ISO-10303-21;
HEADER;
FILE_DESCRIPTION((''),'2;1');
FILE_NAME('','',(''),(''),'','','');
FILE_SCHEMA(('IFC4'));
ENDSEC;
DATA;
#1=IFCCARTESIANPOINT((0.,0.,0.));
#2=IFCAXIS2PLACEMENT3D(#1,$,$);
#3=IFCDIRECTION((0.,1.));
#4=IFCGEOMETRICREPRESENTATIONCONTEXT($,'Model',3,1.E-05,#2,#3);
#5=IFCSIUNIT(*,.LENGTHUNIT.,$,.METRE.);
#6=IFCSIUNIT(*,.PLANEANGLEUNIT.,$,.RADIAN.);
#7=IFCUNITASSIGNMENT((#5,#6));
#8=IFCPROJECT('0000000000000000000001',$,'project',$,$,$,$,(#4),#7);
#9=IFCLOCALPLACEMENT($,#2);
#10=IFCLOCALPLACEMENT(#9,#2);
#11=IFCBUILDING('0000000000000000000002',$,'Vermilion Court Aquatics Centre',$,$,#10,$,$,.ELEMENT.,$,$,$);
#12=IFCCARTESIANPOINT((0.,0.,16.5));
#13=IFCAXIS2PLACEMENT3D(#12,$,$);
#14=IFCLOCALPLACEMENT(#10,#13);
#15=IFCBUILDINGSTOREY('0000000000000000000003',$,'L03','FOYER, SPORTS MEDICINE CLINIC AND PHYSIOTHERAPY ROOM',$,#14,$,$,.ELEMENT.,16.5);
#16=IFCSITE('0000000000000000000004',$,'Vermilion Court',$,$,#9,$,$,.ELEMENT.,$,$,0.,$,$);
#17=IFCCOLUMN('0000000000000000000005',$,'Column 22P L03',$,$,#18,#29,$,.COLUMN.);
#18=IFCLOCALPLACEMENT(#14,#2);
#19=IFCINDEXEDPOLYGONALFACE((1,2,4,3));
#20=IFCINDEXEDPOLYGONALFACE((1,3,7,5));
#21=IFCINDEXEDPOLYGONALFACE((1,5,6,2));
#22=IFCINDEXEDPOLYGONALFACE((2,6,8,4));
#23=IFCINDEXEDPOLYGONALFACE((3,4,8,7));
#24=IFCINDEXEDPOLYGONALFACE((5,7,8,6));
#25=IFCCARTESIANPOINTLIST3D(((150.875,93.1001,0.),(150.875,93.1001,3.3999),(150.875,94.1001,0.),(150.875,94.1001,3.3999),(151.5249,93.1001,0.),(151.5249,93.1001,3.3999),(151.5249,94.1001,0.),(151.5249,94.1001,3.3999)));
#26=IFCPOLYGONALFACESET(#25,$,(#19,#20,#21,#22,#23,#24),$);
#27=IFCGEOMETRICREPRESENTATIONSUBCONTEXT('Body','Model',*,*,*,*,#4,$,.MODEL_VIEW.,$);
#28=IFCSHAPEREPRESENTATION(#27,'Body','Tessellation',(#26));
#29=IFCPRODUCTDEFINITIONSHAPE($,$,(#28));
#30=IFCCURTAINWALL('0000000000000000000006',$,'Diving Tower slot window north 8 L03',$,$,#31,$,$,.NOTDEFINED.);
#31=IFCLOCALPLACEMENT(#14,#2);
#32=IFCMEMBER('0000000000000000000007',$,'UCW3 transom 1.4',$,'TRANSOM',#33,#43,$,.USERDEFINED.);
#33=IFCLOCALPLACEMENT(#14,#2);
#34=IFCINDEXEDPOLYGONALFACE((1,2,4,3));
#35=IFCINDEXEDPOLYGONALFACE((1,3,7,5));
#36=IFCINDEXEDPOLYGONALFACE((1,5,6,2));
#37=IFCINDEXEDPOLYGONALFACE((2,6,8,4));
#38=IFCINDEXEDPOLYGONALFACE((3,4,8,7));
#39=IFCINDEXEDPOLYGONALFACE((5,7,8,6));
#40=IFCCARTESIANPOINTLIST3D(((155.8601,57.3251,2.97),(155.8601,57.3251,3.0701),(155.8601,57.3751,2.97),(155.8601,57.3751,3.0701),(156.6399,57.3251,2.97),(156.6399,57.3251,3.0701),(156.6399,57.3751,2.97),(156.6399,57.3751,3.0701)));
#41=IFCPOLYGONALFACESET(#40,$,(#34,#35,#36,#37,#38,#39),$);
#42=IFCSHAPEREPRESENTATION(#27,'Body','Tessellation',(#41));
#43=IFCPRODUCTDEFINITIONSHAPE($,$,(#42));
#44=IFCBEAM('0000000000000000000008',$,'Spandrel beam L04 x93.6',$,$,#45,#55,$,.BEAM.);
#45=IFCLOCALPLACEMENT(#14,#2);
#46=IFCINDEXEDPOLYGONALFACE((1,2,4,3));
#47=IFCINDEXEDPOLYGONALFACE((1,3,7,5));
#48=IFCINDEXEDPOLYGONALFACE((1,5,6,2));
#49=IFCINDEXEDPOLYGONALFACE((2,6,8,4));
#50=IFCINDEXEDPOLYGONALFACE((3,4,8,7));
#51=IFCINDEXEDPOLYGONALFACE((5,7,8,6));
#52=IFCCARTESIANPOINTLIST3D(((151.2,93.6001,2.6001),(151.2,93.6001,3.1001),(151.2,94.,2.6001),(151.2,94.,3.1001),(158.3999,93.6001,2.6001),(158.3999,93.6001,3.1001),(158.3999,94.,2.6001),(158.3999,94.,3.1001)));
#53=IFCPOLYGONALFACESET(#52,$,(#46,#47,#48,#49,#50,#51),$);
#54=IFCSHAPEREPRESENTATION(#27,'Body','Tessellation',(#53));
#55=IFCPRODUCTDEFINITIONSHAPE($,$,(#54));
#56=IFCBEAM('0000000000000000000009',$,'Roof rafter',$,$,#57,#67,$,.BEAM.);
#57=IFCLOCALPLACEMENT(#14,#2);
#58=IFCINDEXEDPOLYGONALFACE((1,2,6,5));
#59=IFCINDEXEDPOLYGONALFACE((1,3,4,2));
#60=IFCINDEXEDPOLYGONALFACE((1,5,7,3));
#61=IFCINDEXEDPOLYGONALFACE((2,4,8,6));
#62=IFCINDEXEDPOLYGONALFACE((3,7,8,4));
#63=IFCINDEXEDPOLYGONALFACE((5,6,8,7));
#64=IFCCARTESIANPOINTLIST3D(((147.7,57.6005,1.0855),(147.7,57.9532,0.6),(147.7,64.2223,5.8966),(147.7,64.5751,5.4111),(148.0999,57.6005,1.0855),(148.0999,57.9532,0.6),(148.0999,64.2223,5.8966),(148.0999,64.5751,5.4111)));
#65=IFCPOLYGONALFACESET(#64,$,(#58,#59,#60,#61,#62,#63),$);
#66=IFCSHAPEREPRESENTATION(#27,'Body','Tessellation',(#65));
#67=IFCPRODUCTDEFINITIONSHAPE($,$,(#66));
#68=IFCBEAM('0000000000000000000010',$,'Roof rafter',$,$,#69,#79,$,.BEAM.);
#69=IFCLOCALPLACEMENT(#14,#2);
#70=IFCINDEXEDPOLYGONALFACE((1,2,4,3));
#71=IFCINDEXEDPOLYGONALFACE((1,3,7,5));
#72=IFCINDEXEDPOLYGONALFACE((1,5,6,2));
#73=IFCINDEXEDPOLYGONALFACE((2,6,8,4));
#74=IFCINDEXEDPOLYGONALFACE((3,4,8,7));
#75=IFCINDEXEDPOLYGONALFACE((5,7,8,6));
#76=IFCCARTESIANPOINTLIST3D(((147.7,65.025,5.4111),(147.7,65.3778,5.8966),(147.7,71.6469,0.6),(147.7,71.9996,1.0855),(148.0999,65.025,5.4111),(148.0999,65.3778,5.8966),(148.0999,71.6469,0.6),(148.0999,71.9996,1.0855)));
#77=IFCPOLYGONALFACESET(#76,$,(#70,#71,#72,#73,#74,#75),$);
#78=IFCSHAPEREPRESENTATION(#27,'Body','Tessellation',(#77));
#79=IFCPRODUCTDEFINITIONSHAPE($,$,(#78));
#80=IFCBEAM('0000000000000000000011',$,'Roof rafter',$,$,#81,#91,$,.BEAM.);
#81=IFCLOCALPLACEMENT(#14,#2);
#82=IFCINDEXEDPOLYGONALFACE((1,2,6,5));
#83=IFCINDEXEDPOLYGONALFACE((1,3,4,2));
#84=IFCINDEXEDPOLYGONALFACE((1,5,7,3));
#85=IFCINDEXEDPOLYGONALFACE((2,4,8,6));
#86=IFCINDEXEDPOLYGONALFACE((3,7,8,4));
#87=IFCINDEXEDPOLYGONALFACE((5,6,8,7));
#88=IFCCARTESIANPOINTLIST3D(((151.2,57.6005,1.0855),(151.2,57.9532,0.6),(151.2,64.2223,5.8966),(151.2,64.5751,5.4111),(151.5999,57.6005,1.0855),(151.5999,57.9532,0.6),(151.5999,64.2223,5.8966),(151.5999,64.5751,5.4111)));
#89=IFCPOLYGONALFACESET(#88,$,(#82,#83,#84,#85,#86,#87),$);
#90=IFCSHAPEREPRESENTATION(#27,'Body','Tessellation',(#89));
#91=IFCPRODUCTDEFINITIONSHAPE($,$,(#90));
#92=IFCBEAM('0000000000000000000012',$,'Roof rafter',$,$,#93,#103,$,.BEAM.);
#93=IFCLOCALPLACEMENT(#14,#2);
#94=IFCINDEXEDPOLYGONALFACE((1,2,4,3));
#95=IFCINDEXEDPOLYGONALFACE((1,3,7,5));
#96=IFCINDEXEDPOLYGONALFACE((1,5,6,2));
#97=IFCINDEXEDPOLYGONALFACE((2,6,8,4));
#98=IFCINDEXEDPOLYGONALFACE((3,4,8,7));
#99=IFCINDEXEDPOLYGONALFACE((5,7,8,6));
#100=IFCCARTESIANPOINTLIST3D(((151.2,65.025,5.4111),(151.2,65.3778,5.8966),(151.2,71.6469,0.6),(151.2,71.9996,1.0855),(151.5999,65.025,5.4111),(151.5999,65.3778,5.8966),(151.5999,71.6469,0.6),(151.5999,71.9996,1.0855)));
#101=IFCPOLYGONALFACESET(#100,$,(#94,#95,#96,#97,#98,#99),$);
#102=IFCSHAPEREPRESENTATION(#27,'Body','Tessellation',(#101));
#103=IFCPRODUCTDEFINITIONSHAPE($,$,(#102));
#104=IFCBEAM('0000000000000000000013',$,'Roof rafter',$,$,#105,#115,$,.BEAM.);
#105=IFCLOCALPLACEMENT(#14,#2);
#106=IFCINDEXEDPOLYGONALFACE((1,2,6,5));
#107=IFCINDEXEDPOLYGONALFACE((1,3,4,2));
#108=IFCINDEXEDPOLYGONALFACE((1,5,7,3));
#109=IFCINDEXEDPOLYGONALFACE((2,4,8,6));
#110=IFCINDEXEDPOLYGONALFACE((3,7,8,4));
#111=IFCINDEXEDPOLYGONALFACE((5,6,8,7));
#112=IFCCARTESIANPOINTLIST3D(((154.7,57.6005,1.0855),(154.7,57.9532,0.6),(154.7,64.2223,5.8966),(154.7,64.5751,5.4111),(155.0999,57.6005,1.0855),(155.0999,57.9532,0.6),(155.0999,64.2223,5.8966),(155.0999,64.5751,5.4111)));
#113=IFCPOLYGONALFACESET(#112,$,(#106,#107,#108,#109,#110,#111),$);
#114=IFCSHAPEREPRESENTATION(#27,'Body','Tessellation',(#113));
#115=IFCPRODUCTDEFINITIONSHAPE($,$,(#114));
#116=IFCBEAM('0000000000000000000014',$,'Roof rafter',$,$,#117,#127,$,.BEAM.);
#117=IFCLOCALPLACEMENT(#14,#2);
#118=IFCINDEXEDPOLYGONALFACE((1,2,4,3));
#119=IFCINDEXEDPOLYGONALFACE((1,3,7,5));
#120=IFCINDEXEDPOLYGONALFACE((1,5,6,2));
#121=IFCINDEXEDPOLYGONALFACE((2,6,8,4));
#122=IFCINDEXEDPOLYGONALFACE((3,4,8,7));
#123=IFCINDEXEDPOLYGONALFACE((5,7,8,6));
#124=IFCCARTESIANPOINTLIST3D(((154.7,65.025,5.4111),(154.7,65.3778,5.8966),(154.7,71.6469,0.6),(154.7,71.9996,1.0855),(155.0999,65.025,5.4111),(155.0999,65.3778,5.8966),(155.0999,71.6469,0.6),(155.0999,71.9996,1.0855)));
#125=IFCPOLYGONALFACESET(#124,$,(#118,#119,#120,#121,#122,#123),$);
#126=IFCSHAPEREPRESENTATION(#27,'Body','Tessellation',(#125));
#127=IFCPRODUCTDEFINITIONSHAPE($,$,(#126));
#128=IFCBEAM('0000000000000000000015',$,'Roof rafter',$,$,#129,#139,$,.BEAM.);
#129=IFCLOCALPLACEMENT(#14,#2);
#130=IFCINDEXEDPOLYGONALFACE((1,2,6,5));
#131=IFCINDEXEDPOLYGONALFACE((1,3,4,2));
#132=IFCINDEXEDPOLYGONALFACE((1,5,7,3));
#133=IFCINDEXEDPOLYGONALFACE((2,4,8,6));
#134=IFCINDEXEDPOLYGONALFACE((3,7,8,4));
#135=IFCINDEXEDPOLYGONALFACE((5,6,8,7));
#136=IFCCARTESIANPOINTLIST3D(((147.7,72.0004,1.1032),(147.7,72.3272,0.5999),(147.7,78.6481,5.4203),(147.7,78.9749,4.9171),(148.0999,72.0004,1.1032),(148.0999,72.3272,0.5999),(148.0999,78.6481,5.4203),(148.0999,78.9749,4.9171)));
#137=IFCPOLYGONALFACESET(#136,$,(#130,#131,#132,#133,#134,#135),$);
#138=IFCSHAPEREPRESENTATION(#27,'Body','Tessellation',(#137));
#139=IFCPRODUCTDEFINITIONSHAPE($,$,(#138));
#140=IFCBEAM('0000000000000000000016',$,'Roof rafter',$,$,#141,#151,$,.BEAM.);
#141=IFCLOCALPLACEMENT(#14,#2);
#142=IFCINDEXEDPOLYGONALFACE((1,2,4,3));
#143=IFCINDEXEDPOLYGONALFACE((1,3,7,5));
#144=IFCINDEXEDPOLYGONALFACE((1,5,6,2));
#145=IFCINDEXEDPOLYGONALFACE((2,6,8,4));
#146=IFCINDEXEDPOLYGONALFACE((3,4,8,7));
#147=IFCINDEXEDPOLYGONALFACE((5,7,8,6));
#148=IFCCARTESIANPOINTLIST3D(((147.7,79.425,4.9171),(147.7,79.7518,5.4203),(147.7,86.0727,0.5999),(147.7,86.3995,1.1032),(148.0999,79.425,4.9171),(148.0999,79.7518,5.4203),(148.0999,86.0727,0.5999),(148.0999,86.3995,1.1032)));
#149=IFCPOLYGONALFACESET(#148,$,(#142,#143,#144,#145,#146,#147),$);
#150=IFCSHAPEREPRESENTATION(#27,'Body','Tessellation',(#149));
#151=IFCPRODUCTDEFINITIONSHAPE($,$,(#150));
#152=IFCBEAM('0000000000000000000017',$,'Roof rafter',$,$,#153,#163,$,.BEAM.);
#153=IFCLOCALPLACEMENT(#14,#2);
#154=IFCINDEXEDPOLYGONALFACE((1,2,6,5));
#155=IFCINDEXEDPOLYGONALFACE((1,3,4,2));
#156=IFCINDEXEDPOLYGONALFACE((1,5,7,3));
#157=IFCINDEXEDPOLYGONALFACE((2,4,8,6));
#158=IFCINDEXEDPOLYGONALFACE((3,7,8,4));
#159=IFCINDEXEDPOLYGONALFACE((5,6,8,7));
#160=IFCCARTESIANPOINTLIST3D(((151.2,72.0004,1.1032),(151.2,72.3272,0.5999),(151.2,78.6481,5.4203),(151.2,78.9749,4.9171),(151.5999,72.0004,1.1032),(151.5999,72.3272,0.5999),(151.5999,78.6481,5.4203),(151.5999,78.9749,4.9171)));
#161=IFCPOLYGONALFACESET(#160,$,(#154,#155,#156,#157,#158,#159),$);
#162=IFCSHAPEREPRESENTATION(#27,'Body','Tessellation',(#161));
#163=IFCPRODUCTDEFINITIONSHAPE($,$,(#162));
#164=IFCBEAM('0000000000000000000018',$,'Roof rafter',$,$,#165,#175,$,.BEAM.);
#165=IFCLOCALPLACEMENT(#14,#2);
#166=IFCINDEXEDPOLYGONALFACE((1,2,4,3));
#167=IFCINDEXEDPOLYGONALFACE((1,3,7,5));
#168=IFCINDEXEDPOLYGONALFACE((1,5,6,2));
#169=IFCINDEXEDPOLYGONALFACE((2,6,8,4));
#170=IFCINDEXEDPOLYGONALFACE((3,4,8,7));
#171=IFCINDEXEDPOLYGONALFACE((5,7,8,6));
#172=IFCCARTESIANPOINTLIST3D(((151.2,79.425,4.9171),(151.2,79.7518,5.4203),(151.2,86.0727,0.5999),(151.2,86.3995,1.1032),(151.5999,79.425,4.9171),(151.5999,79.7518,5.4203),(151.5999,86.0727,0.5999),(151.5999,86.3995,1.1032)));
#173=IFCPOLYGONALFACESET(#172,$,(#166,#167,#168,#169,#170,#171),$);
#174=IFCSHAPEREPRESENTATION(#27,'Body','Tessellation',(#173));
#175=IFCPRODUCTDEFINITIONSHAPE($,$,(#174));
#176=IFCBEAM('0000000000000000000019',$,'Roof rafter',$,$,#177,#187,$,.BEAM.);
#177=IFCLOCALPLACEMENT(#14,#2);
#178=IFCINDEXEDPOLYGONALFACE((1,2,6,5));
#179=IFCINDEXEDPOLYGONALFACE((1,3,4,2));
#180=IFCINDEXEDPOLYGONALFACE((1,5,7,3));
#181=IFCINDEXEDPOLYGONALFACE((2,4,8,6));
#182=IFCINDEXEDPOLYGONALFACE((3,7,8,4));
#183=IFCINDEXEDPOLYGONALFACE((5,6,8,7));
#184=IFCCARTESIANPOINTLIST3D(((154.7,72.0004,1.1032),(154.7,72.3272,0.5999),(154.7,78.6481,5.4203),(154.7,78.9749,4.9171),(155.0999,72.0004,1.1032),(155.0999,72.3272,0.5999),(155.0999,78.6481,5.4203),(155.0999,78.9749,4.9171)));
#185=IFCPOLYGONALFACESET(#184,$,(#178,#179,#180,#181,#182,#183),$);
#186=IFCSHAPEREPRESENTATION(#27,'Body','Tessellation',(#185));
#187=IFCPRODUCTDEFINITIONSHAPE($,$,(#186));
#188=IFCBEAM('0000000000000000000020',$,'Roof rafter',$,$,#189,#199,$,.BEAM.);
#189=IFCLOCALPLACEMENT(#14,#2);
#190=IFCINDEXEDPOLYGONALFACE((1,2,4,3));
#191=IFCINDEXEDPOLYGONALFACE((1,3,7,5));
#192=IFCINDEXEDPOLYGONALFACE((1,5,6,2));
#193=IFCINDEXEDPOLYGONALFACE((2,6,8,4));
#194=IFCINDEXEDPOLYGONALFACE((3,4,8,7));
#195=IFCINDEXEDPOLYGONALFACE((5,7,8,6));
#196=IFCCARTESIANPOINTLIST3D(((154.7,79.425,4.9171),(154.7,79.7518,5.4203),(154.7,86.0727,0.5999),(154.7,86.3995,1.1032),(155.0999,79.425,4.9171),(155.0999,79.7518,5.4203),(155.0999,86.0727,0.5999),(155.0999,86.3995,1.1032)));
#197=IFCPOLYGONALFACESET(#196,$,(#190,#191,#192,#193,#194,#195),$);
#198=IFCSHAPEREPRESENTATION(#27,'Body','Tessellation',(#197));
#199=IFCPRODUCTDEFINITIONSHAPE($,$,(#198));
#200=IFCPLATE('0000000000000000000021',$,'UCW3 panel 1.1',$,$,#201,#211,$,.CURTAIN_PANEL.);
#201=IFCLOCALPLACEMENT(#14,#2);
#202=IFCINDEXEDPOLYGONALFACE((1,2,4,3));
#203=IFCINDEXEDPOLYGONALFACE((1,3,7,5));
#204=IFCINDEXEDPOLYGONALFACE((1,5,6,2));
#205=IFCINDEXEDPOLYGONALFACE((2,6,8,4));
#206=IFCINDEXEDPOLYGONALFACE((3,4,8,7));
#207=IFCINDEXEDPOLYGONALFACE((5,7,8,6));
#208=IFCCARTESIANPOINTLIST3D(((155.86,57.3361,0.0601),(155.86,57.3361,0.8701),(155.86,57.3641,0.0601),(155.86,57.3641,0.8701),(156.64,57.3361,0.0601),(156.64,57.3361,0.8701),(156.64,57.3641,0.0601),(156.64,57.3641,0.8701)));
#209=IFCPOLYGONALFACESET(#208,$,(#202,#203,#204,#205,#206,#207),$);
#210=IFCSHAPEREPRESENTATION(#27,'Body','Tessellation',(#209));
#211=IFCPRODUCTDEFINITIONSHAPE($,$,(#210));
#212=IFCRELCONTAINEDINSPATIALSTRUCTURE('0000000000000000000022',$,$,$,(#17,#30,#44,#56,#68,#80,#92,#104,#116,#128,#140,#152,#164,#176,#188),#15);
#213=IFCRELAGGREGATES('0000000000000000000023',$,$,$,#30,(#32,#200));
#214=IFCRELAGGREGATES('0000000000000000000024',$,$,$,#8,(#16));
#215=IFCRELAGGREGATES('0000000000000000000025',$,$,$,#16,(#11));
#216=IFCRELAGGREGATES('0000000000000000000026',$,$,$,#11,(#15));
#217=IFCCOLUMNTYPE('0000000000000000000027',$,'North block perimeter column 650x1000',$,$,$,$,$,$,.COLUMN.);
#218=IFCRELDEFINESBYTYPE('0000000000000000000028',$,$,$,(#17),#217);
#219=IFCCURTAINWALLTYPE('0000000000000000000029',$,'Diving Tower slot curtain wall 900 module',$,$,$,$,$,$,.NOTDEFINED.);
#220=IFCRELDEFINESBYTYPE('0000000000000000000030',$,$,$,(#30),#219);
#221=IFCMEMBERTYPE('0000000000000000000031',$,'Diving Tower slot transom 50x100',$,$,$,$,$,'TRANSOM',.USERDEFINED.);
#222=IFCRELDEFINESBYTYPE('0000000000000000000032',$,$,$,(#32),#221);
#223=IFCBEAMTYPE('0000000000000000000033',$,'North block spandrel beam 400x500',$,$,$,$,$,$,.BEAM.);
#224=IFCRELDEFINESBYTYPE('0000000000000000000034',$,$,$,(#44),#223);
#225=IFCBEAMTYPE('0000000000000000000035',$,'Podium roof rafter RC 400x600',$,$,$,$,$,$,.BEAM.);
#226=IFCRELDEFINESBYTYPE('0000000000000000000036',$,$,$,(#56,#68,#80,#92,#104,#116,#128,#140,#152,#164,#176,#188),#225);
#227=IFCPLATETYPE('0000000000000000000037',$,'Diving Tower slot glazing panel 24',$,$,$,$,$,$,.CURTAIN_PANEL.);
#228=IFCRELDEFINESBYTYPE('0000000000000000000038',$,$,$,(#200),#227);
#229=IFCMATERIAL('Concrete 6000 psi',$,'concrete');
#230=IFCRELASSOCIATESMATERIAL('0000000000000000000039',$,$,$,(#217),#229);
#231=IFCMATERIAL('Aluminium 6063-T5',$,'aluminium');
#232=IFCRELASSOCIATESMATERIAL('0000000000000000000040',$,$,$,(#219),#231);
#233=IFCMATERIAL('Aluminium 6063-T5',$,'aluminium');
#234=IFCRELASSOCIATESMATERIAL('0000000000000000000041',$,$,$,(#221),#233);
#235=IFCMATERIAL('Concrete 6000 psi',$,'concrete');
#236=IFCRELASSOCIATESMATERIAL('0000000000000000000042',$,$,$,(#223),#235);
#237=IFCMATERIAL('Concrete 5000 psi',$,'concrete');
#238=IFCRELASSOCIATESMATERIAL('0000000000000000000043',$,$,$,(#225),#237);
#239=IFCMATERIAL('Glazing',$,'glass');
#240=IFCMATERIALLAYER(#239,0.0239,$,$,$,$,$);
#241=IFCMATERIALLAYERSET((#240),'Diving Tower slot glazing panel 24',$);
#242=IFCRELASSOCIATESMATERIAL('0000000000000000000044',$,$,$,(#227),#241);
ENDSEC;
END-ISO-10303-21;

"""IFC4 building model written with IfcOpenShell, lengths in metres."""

from ifc_helpers import new_model, si_unit, direction, frame, origin, origin_2d, place, context, subcontext, project, spatial, rectangle, extrude, material, layer, layer_set, material_profile, profile_set, type_object, element, aggregate, save


model = new_model("IFC4")

# Units and contexts
model_context = context("Model", 3, precision=1e-05, world=origin(), true_north=direction((0.0, 1.0)))
body_context = subcontext(model_context, "Body", "Model", "MODEL_VIEW")
ifc_project = project(units=[si_unit("LENGTHUNIT", "METRE"), si_unit("PLANEANGLEUNIT", "RADIAN")], contexts=[model_context])

# Site, building, storey
site_placement = place(None, origin())
site = spatial("IfcSite", under=ifc_project, at=site_placement, Name="Vermilion Court", CompositionType="ELEMENT", RefElevation=0.0)
building_placement = place(site_placement, origin())
building = spatial("IfcBuilding", under=site, at=building_placement, Name="Vermilion Court Aquatics Centre", CompositionType="ELEMENT")
storey_placement = place(building_placement, frame((0.0, 0.0, 16.5)))
storey = spatial("IfcBuildingStorey", under=building, at=storey_placement, Name="L03", Description="FOYER, SPORTS MEDICINE CLINIC AND PHYSIOTHERAPY ROOM", CompositionType="ELEMENT", Elevation=16.5)

# Column
ifc_material_1 = material(Name="Concrete 6000 psi", Category="concrete")
ifc_material_profile_1 = material_profile(ifc_material_1, rectangle(XDim=0.6499, YDim=1.0, at=origin_2d()), Name="RC 650x1000")
ifc_profile_set_1 = profile_set([ifc_material_profile_1], Name="Concrete 6000 psi")
column_type = type_object("IfcColumnType", Name="North block perimeter column 650x1000", PredefinedType="COLUMN", material=ifc_profile_set_1)
column_placement = place(storey_placement, frame((151.2, 93.6001, 0.0), z_axis=(0.0, 0.0, 1.0), x_axis=(1.0, 0.0, 0.0)))
element("IfcColumn", 1, at=column_placement, inside=storey, type_object=column_type, Name="Column 22P L03", PredefinedType="COLUMN", context=body_context, shape_type="SweptSolid", body=[
    extrude(rectangle(XDim=0.6499, YDim=1.0, at=origin_2d()), origin(), (0.0, 0.0, 1.0), 3.3999),
])

# Curtain wall, member
ifc_material_2 = material(Name="Aluminium 6063-T5", Category="aluminium")
curtain_wall_type = type_object("IfcCurtainWallType", Name="Diving Tower slot curtain wall 900 module", PredefinedType="NOTDEFINED", material=ifc_material_2)
curtain_wall_placement = place(storey_placement, origin())
curtain_wall = element("IfcCurtainWall", 2, at=curtain_wall_placement, inside=storey, type_object=curtain_wall_type, Name="Diving Tower slot window north 8 L03", PredefinedType="NOTDEFINED")
ifc_material_3 = material(Name="Aluminium 6063-T5", Category="aluminium")
ifc_material_profile_2 = material_profile(ifc_material_3, rectangle(XDim=0.05, YDim=0.1001, at=origin_2d()), Name="AL 50x100")
ifc_profile_set_2 = profile_set([ifc_material_profile_2], Name="Aluminium 6063-T5")
member_type = type_object("IfcMemberType", Name="Diving Tower slot transom 50x100", ElementType="TRANSOM", PredefinedType="USERDEFINED", material=ifc_profile_set_2)
member_placement = place(storey_placement, frame((155.8601, 57.3501, 3.02), z_axis=(1.0, 0.0, 0.0), x_axis=(0.0, 1.0, 0.0)))
member = element("IfcMember", 3, at=member_placement, type_object=member_type, Name="UCW3 transom 1.4", ObjectType="TRANSOM", PredefinedType="USERDEFINED", context=body_context, shape_type="SweptSolid", body=[
    extrude(rectangle(XDim=0.05, YDim=0.1001, at=origin_2d()), origin(), (0.0, 0.0, 1.0), 0.7798),
])

# Beams
ifc_material_4 = material(Name="Concrete 6000 psi", Category="concrete")
ifc_material_profile_3 = material_profile(ifc_material_4, rectangle(XDim=0.3999, YDim=0.5, at=origin_2d()), Name="RC 400x500")
ifc_profile_set_3 = profile_set([ifc_material_profile_3], Name="Concrete 6000 psi")
beam_type_1 = type_object("IfcBeamType", Name="North block spandrel beam 400x500", PredefinedType="BEAM", material=ifc_profile_set_3)
beam_placement = place(storey_placement, frame((151.2, 93.8, 2.8501), z_axis=(1.0, 0.0, 0.0), x_axis=(0.0, 1.0, 0.0)))
element("IfcBeam", 4, at=beam_placement, inside=storey, type_object=beam_type_1, Name="Spandrel beam L04 x93.6", PredefinedType="BEAM", context=body_context, shape_type="SweptSolid", body=[
    extrude(rectangle(XDim=0.3999, YDim=0.5, at=origin_2d()), origin(), (0.0, 0.0, 1.0), 7.2),
])
ifc_material_5 = material(Name="Concrete 5000 psi", Category="concrete")
ifc_material_profile_4 = material_profile(ifc_material_5, rectangle(XDim=0.3999, YDim=0.6001, at=origin_2d()), Name="RC 400x600")
ifc_profile_set_4 = profile_set([ifc_material_profile_4], Name="Concrete 5000 psi")
beam_type_2 = type_object("IfcBeamType", Name="Podium roof rafter RC 400x600", PredefinedType="BEAM", material=ifc_profile_set_4)
for number, where, z_axis, x_axis, name in (
    (5, (147.8999, 57.7769, 0.8428), (0.0, 0.809017, 0.587785), (-1.0, 0.0, 0.0), "Roof rafter"),
    (6, (147.8999, 71.8232, 0.8428), (0.0, -0.809017, 0.587785), (1.0, 0.0, 0.0), "Roof rafter"),
    (7, (151.3999, 57.7769, 0.8428), (0.0, 0.809017, 0.587785), (-1.0, 0.0, 0.0), "Roof rafter"),
    (8, (151.3999, 71.8232, 0.8428), (0.0, -0.809017, 0.587785), (1.0, 0.0, 0.0), "Roof rafter"),
    (9, (154.8999, 57.7769, 0.8428), (0.0, 0.809017, 0.587785), (-1.0, 0.0, 0.0), "Roof rafter"),
    (10, (154.8999, 71.8232, 0.8428), (0.0, -0.809017, 0.587785), (1.0, 0.0, 0.0), "Roof rafter"),
):
    element("IfcBeam", number, at=place(storey_placement, frame(where, z_axis=z_axis, x_axis=x_axis)), inside=storey, type_object=beam_type_2, Name=name, PredefinedType="BEAM", context=body_context, shape_type="SweptSolid", body=[
        extrude(rectangle(XDim=0.3999, YDim=0.6001, at=origin_2d()), origin(), (0.0, 0.0, 1.0), 8.1851),
    ])
for number, where, z_axis, x_axis, name in (
    (11, (147.8999, 72.1638, 0.8516), (0.0, 0.838667, 0.544645), (-1.0, 0.0, 0.0), "Roof rafter"),
    (12, (147.8999, 86.2361, 0.8516), (0.0, -0.838667, 0.544645), (1.0, 0.0, 0.0), "Roof rafter"),
    (13, (151.3999, 72.1638, 0.8516), (0.0, 0.838667, 0.544645), (-1.0, 0.0, 0.0), "Roof rafter"),
    (14, (151.3999, 86.2361, 0.8516), (0.0, -0.838667, 0.544645), (1.0, 0.0, 0.0), "Roof rafter"),
    (15, (154.8999, 72.1638, 0.8516), (0.0, 0.838667, 0.544645), (-1.0, 0.0, 0.0), "Roof rafter"),
    (16, (154.8999, 86.2361, 0.8516), (0.0, -0.838667, 0.544645), (1.0, 0.0, 0.0), "Roof rafter"),
):
    element("IfcBeam", number, at=place(storey_placement, frame(where, z_axis=z_axis, x_axis=x_axis)), inside=storey, type_object=beam_type_2, Name=name, PredefinedType="BEAM", context=body_context, shape_type="SweptSolid", body=[
        extrude(rectangle(XDim=0.3999, YDim=0.6001, at=origin_2d()), origin(), (0.0, 0.0, 1.0), 7.9265),
    ])

# Plate
ifc_material_6 = material(Name="Glazing", Category="glass")
ifc_layer_1 = layer(ifc_material_6, 0.0239)
ifc_layer_set_1 = layer_set([ifc_layer_1], Name="Diving Tower slot glazing panel 24")
plate_type = type_object("IfcPlateType", Name="Diving Tower slot glazing panel 24", PredefinedType="CURTAIN_PANEL", material=ifc_layer_set_1)
plate_1_placement = place(storey_placement, frame((156.25, 57.3501, 0.0601), z_axis=(0.0, 0.0, 1.0), x_axis=(1.0, 0.0, 0.0)))
plate_1 = element("IfcPlate", 17, at=plate_1_placement, type_object=plate_type, Name="UCW3 panel 1.1", PredefinedType="CURTAIN_PANEL", context=body_context, shape_type="SweptSolid", body=[
    extrude(rectangle(XDim=0.78, YDim=0.0281, at=origin_2d()), origin(), (0.0, 0.0, 1.0), 0.8101),
])
aggregate(curtain_wall, [member, plate_1])

save(model, "model.ifc")
